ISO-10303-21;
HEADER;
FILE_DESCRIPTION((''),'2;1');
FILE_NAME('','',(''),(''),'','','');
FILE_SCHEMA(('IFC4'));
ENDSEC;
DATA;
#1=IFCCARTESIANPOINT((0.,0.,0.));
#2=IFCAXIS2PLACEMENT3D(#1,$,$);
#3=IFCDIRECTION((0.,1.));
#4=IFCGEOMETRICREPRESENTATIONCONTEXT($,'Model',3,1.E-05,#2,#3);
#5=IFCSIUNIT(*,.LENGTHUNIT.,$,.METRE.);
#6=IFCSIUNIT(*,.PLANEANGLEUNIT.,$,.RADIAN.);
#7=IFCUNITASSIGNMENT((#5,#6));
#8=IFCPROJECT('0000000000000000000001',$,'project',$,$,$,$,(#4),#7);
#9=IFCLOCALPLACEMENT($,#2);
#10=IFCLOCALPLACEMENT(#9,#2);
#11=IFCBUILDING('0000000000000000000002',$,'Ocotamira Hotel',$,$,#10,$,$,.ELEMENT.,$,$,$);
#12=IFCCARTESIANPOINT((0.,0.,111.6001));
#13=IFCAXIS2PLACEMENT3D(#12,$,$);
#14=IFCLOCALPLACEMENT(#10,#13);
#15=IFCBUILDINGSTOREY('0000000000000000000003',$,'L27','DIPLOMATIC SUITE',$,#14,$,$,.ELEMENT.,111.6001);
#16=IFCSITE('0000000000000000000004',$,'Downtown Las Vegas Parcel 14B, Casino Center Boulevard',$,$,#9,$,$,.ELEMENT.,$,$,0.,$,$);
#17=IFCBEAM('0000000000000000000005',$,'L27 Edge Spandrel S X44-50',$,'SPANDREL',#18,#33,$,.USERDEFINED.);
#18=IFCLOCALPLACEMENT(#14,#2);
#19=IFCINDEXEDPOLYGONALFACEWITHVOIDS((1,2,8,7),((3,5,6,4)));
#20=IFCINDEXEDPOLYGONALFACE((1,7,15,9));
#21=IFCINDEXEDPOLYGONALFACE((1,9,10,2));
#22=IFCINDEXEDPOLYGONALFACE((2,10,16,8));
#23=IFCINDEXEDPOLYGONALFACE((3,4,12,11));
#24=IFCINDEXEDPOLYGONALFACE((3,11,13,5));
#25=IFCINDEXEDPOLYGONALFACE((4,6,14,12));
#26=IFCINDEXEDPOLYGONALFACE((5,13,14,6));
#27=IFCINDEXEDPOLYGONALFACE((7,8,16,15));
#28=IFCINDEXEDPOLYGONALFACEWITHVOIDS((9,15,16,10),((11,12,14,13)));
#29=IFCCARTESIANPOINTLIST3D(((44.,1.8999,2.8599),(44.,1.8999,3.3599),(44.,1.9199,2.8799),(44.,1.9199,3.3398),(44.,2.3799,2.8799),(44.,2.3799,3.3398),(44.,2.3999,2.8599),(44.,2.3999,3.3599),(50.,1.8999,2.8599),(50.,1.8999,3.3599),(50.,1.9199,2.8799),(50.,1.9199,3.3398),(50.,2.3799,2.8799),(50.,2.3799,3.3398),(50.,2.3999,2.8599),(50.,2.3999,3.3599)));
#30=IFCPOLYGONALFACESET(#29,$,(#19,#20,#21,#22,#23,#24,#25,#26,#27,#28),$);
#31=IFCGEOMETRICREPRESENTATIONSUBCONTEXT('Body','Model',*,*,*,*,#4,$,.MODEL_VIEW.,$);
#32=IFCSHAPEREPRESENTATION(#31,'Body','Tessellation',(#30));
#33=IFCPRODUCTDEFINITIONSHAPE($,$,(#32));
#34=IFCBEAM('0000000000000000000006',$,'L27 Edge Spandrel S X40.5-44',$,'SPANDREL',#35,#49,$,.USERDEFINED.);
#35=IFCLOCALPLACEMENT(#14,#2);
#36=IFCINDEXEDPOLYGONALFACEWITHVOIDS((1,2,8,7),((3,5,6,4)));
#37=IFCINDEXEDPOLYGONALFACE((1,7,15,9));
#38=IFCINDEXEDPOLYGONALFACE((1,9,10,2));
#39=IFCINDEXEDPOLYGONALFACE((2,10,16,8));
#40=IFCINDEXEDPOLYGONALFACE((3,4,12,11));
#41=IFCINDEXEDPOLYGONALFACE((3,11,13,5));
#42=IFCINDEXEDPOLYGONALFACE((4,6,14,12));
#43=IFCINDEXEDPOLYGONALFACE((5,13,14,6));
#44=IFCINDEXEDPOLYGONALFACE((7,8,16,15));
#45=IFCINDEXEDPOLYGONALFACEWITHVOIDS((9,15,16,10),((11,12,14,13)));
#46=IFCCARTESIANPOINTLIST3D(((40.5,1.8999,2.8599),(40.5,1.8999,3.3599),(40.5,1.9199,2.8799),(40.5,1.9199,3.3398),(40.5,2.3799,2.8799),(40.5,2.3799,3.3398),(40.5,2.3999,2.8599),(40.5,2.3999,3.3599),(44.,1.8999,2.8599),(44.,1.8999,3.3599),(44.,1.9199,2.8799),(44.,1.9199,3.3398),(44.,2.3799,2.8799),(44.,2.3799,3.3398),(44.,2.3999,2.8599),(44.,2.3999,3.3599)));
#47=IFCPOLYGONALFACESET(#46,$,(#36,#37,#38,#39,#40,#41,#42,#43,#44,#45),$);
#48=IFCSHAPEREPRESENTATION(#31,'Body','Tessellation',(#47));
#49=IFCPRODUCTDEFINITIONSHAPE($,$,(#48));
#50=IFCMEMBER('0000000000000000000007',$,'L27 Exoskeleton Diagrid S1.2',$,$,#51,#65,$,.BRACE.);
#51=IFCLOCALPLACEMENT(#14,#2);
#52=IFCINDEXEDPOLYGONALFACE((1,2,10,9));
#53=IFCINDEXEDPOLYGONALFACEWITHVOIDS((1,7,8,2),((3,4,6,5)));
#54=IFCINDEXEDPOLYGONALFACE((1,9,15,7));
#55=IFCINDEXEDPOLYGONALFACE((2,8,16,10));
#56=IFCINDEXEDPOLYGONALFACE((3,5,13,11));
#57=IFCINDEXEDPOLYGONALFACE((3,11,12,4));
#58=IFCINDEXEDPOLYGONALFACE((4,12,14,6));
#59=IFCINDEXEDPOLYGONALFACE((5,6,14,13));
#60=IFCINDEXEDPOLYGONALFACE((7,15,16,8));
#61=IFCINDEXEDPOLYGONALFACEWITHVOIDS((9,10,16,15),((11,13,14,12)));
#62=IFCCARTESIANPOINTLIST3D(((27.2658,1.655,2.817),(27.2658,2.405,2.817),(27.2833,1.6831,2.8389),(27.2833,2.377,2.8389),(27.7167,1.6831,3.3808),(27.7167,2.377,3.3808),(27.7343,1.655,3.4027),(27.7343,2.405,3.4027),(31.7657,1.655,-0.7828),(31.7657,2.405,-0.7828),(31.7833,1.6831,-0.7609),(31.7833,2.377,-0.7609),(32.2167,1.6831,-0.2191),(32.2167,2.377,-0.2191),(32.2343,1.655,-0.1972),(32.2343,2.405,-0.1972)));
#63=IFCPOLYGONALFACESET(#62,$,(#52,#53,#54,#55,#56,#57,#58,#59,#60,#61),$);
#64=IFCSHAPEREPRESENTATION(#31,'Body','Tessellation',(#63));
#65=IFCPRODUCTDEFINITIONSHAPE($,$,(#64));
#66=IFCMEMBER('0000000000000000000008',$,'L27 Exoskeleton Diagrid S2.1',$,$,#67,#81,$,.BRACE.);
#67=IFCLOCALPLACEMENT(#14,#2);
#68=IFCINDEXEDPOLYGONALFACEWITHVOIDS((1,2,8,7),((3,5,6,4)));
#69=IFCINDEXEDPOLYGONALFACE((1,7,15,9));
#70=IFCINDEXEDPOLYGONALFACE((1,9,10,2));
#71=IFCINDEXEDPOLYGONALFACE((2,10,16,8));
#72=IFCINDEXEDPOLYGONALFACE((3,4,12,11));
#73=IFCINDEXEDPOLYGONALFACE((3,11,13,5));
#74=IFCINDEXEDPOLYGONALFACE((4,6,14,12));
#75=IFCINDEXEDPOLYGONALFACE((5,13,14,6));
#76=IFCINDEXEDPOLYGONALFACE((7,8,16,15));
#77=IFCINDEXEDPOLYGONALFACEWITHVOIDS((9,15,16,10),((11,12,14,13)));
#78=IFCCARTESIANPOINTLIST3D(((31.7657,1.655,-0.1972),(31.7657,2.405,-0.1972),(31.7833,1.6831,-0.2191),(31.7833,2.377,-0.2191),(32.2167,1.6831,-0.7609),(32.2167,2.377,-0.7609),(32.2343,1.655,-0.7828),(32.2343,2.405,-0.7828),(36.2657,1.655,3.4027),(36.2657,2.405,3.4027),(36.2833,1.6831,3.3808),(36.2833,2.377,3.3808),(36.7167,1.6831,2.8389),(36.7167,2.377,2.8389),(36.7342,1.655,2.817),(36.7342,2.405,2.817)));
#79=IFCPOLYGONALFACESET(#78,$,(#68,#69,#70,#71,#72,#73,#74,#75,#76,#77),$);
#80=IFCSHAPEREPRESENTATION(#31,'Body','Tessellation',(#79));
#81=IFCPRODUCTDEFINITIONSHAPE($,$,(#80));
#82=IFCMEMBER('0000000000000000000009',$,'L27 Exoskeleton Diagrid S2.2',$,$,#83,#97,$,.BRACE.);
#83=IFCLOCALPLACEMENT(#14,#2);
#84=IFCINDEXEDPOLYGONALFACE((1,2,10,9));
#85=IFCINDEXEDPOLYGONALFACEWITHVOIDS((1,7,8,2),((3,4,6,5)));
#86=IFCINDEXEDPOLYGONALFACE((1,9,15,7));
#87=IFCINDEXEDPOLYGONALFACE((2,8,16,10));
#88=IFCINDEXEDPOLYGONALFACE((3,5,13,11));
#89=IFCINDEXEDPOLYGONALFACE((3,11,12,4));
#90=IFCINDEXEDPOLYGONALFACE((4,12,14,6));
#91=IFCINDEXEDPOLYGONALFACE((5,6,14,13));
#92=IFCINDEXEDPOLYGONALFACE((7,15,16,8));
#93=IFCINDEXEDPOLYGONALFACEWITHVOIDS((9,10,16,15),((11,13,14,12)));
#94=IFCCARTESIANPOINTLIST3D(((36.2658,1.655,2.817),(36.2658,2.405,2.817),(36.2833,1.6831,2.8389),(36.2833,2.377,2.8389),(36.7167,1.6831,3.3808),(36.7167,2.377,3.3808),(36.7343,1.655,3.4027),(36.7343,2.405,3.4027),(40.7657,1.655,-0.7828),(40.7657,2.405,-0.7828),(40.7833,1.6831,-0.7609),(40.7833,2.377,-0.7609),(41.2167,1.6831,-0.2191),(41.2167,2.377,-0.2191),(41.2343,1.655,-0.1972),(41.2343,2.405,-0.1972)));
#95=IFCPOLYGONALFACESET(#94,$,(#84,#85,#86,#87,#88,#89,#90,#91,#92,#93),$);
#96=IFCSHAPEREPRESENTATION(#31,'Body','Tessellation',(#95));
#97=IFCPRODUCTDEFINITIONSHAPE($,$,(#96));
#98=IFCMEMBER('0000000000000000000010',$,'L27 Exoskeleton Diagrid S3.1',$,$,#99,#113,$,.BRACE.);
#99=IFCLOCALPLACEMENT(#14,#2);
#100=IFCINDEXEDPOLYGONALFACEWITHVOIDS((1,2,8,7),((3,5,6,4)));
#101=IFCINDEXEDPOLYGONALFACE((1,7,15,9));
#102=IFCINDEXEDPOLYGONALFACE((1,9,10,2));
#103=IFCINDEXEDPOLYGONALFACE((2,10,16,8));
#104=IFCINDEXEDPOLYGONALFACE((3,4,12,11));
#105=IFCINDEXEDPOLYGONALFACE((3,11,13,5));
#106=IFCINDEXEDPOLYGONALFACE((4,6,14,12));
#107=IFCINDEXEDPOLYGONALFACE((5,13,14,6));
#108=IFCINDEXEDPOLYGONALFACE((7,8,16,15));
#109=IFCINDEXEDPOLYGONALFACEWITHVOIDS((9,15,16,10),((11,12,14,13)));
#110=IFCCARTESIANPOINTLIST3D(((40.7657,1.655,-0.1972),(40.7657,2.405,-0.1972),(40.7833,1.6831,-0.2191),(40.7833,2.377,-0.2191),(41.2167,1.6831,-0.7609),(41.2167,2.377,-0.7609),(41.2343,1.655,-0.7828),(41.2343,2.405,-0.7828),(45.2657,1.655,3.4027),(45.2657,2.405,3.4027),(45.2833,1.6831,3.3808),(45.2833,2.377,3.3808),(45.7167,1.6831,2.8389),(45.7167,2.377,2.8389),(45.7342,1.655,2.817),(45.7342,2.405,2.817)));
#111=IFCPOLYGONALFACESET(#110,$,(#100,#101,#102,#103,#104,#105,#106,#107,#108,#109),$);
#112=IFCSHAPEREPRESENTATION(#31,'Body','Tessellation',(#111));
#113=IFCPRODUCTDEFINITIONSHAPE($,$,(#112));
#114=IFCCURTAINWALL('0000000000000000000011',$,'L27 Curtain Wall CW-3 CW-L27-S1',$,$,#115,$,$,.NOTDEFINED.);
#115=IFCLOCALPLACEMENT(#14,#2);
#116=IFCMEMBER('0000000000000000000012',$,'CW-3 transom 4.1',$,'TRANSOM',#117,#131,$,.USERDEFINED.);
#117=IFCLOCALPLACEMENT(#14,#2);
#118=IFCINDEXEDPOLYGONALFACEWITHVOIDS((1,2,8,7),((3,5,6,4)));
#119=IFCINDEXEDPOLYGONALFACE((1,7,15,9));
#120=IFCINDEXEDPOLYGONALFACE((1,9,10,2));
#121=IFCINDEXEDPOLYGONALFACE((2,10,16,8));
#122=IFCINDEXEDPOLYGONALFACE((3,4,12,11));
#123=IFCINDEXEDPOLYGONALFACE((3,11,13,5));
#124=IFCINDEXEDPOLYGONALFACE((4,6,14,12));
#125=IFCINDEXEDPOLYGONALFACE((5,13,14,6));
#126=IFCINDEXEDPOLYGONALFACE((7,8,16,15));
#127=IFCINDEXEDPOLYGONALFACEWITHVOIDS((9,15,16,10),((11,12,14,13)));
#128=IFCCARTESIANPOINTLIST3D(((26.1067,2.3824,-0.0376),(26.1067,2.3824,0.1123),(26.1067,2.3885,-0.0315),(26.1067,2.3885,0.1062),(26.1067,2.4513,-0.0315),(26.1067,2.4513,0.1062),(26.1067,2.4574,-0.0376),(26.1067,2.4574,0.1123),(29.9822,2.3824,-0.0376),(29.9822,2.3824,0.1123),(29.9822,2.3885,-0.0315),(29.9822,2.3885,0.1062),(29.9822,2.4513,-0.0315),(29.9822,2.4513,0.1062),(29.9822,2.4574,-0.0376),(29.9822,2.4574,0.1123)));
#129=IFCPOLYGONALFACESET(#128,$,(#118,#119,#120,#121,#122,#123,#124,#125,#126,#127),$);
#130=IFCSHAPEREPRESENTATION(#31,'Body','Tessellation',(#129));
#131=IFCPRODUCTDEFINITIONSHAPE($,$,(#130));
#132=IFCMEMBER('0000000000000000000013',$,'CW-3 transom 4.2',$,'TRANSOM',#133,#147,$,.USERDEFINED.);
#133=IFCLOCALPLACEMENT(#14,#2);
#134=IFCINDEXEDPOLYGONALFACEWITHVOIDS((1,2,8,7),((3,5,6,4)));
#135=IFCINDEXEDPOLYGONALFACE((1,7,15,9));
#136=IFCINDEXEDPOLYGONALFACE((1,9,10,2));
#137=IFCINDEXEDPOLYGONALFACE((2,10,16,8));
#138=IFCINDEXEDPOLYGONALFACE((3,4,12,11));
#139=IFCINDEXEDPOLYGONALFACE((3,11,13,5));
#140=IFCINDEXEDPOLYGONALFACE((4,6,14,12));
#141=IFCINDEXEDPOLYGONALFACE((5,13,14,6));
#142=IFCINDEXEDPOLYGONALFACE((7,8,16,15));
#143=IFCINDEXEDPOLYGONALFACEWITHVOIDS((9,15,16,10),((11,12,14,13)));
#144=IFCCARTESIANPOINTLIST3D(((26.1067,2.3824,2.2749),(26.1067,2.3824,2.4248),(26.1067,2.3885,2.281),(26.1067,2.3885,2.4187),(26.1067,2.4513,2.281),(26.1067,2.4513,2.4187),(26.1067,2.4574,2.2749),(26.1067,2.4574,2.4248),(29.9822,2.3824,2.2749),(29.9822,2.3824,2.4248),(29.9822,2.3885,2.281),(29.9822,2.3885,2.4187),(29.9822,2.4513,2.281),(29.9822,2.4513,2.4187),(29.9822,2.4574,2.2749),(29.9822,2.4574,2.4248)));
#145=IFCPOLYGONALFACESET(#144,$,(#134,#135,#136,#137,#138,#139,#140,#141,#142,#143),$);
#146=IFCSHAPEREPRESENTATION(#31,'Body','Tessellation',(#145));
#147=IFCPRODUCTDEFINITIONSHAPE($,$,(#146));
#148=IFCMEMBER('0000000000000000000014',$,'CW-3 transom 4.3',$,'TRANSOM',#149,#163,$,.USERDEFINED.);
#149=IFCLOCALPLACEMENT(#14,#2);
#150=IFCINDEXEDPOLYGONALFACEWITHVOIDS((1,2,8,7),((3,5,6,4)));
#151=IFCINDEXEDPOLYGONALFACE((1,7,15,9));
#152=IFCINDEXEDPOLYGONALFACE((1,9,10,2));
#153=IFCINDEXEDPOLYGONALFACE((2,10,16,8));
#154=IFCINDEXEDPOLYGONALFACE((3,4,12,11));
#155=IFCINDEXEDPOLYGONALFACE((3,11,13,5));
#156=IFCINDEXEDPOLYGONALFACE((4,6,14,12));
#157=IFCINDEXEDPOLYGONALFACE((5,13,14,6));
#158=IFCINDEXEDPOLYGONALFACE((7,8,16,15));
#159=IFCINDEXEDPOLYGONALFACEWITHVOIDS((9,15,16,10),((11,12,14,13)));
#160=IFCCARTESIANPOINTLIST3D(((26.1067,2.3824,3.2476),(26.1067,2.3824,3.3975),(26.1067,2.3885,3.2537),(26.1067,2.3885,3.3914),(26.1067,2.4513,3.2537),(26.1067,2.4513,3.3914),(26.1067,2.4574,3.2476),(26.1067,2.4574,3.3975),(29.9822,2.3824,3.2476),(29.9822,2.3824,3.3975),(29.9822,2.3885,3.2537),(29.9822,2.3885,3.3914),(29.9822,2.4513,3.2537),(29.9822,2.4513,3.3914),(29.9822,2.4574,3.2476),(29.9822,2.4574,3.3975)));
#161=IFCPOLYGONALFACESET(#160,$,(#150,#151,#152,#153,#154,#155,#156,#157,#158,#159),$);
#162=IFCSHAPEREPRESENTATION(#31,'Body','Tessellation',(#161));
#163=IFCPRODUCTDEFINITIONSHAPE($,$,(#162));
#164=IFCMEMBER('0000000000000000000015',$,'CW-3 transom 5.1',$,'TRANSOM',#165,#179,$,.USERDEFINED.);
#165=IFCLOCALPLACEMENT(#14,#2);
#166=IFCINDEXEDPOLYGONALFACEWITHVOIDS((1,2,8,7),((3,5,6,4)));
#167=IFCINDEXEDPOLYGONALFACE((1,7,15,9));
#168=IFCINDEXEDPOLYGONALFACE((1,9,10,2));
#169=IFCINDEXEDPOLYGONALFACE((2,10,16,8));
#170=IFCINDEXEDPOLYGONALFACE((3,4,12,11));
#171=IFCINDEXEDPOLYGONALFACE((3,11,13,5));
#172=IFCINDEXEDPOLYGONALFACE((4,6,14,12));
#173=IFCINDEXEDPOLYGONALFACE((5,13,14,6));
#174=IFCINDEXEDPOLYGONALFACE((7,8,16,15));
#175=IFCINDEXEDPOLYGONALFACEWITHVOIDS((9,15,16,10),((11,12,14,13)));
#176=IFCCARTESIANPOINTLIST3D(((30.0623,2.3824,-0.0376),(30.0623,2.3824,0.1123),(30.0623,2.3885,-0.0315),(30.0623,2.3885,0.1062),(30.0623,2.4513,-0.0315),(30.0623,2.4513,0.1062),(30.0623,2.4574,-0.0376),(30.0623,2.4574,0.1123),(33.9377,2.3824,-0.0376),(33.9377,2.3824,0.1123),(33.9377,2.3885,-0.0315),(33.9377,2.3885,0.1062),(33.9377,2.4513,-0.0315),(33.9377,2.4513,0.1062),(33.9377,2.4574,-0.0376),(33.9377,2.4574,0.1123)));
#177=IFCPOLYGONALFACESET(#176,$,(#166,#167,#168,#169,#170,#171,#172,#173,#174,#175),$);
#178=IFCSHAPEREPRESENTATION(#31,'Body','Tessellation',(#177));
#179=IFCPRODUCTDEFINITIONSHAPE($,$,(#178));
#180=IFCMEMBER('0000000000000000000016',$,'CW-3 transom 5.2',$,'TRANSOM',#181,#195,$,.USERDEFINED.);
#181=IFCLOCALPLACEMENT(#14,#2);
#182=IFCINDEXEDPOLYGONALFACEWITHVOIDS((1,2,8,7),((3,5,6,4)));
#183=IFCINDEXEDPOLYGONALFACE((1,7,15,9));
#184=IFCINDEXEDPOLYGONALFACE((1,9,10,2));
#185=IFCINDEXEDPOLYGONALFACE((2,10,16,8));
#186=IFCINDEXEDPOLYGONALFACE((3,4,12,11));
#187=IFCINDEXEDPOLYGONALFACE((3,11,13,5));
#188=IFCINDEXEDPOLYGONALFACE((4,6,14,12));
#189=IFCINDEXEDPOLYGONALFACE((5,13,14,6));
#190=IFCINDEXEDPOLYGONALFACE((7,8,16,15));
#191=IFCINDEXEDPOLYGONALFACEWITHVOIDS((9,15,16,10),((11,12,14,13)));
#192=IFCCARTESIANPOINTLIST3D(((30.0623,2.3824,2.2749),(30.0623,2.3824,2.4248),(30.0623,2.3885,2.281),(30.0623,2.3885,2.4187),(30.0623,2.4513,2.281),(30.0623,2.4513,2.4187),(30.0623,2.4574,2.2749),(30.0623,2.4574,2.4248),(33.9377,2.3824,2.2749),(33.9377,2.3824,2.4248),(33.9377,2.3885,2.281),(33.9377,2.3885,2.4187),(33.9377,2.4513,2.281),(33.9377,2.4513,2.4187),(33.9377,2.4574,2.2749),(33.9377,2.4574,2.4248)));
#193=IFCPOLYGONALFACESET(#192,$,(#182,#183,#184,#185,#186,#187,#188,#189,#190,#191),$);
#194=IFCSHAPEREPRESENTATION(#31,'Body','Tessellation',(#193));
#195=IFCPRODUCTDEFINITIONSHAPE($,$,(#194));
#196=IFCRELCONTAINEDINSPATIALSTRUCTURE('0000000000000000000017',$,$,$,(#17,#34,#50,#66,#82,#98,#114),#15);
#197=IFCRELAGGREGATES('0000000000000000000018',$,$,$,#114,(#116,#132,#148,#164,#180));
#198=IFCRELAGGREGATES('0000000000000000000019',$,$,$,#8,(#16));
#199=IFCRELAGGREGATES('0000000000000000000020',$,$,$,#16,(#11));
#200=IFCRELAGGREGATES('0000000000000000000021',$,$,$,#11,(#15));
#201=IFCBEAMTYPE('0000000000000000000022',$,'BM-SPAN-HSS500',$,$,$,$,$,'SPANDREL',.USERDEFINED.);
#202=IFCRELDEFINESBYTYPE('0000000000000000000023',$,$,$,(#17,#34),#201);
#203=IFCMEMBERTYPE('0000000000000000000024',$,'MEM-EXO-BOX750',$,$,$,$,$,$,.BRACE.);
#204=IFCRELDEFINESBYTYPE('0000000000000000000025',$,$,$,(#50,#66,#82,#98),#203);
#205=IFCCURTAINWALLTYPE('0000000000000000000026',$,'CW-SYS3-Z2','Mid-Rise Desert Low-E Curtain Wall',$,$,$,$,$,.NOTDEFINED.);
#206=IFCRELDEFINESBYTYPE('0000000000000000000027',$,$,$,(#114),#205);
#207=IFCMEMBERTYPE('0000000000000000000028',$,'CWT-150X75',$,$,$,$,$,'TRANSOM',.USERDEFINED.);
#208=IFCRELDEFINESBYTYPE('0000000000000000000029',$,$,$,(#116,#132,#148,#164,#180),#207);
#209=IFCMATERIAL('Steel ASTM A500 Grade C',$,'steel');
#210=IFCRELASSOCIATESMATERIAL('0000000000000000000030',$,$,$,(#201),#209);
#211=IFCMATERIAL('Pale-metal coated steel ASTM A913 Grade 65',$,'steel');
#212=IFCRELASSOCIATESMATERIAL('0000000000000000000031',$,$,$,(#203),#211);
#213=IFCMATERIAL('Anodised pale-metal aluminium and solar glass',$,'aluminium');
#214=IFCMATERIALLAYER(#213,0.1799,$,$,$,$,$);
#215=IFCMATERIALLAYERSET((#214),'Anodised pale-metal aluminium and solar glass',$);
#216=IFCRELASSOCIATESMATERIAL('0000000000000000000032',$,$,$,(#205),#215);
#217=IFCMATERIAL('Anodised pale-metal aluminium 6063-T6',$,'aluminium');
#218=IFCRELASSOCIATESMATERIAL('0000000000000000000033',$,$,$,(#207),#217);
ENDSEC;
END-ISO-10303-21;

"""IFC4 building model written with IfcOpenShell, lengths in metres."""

from ifc_helpers import new_model, si_unit, direction, frame, origin, origin_2d, place, context, subcontext, project, spatial, hollow_rectangle, extrude, source, transform, mapped, material, layer, layer_set, material_profile, profile_set, type_object, element, aggregate, save


model = new_model("IFC4")

# Units and contexts
model_context = context("Model", 3, precision=1e-05, world=origin(), true_north=direction((0.0, 1.0)))
body_context = subcontext(model_context, "Body", "Model", "MODEL_VIEW")
ifc_project = project(units=[si_unit("LENGTHUNIT", "METRE"), si_unit("PLANEANGLEUNIT", "RADIAN")], contexts=[model_context])

# Site, building, storey
site_placement = place(None, origin())
site = spatial("IfcSite", under=ifc_project, at=site_placement, Name="Downtown Las Vegas Parcel 14B, Casino Center Boulevard", CompositionType="ELEMENT", RefElevation=0.0)
building_placement = place(site_placement, origin())
building = spatial("IfcBuilding", under=site, at=building_placement, Name="Ocotamira Hotel", CompositionType="ELEMENT")
storey_placement = place(building_placement, frame((0.0, 0.0, 111.6001)))
storey = spatial("IfcBuildingStorey", under=building, at=storey_placement, Name="L27", Description="DIPLOMATIC SUITE", CompositionType="ELEMENT", Elevation=111.6001)

# Beams
ifc_material_1 = material(Name="Steel ASTM A500 Grade C", Category="steel")
ifc_material_profile_1 = material_profile(ifc_material_1, hollow_rectangle(XDim=0.5, YDim=0.5, WallThickness=0.02, at=origin_2d()), Name="HSS500X500X20")
ifc_profile_set_1 = profile_set([ifc_material_profile_1], Name="Steel ASTM A500 Grade C")
beam_type = type_object("IfcBeamType", Name="BM-SPAN-HSS500", ElementType="SPANDREL", PredefinedType="USERDEFINED", material=ifc_profile_set_1)
shared_shape_1 = source(origin(), body_context, "Body", "SweptSolid", [
    extrude(hollow_rectangle(XDim=0.5, YDim=0.5, WallThickness=0.02, at=origin_2d()), origin(), (0.0, 0.0, 1.0), 6.0),
])
beam_1_placement = place(storey_placement, frame((44.0, 2.1499, 3.1099), z_axis=(1.0, 0.0, 0.0), x_axis=(0.0, 1.0, 0.0)))
element("IfcBeam", 1, at=beam_1_placement, inside=storey, type_object=beam_type, Name="L27 Edge Spandrel S X44-50", ObjectType="SPANDREL", PredefinedType="USERDEFINED", context=body_context, shape_type="MappedRepresentation", body=[
    mapped(shared_shape_1, transform((0.0, 0.0, 0.0), scale=1.0)),
])
shared_shape_2 = source(origin(), body_context, "Body", "SweptSolid", [
    extrude(hollow_rectangle(XDim=0.5, YDim=0.5, WallThickness=0.02, at=origin_2d()), origin(), (0.0, 0.0, 1.0), 3.5),
])
beam_2_placement = place(storey_placement, frame((40.5, 2.1499, 3.1099), z_axis=(1.0, 0.0, 0.0), x_axis=(0.0, 1.0, 0.0)))
element("IfcBeam", 2, at=beam_2_placement, inside=storey, type_object=beam_type, Name="L27 Edge Spandrel S X40.5-44", ObjectType="SPANDREL", PredefinedType="USERDEFINED", context=body_context, shape_type="MappedRepresentation", body=[
    mapped(shared_shape_2, transform((0.0, 0.0, 0.0), scale=1.0)),
])

# Members
ifc_material_2 = material(Name="Pale-metal coated steel ASTM A913 Grade 65", Category="steel")
ifc_material_profile_2 = material_profile(ifc_material_2, hollow_rectangle(XDim=0.75, YDim=0.75, WallThickness=0.0281, at=origin_2d()), Name="BOX750X750X28")
ifc_profile_set_2 = profile_set([ifc_material_profile_2], Name="Pale-metal coated steel ASTM A913 Grade 65")
member_type_1 = type_object("IfcMemberType", Name="MEM-EXO-BOX750", PredefinedType="BRACE", material=ifc_profile_set_2)
shared_shape_3 = source(origin(), body_context, "Body", "SweptSolid", [
    extrude(hollow_rectangle(XDim=0.75, YDim=0.75, WallThickness=0.0281, at=origin_2d()), origin(), (0.0, 0.0, 1.0), 5.7627),
])
for number, where, z_axis, x_axis, name in (
    (3, (32.0, 2.03, -0.49), (-0.780881, 0.0, 0.62468), (0.0, -1.0, 0.0), "L27 Exoskeleton Diagrid S1.2"),
    (4, (32.0, 2.03, -0.49), (0.780881, 0.0, 0.62468), (0.0, 1.0, 0.0), "L27 Exoskeleton Diagrid S2.1"),
    (5, (41.0, 2.03, -0.49), (-0.780881, 0.0, 0.62468), (0.0, -1.0, 0.0), "L27 Exoskeleton Diagrid S2.2"),
    (6, (41.0, 2.03, -0.49), (0.780881, 0.0, 0.62468), (0.0, 1.0, 0.0), "L27 Exoskeleton Diagrid S3.1"),
):
    element("IfcMember", number, at=place(storey_placement, frame(where, z_axis=z_axis, x_axis=x_axis)), inside=storey, type_object=member_type_1, Name=name, PredefinedType="BRACE", context=body_context, shape_type="MappedRepresentation", body=[
        mapped(shared_shape_3, transform((0.0, 0.0, 0.0), scale=1.0)),
    ])

# Curtain wall, members
ifc_material_3 = material(Name="Anodised pale-metal aluminium and solar glass", Category="aluminium")
ifc_layer_1 = layer(ifc_material_3, 0.1799)
ifc_layer_set_1 = layer_set([ifc_layer_1], Name="Anodised pale-metal aluminium and solar glass")
curtain_wall_type = type_object("IfcCurtainWallType", Name="CW-SYS3-Z2", Description="Mid-Rise Desert Low-E Curtain Wall", PredefinedType="NOTDEFINED", material=ifc_layer_set_1)
curtain_wall_placement = place(storey_placement, origin())
curtain_wall = element("IfcCurtainWall", 7, at=curtain_wall_placement, inside=storey, type_object=curtain_wall_type, Name="L27 Curtain Wall CW-3 CW-L27-S1", PredefinedType="NOTDEFINED")
ifc_material_4 = material(Name="Anodised pale-metal aluminium 6063-T6", Category="aluminium")
ifc_material_profile_3 = material_profile(ifc_material_4, hollow_rectangle(XDim=0.075, YDim=0.1499, WallThickness=0.0061, at=origin_2d()), Name="HSS150X75X6")
ifc_profile_set_3 = profile_set([ifc_material_profile_3], Name="Anodised pale-metal aluminium 6063-T6")
member_type_2 = type_object("IfcMemberType", Name="CWT-150X75", ElementType="TRANSOM", PredefinedType="USERDEFINED", material=ifc_profile_set_3)
shared_shape_4 = source(origin(), body_context, "Body", "SweptSolid", [
    extrude(hollow_rectangle(XDim=0.075, YDim=0.1499, WallThickness=0.0061, at=origin_2d()), origin(), (0.0, 0.0, 1.0), 3.8755),
])
member_1_placement = place(storey_placement, frame((26.1067, 2.4199, 0.0374), z_axis=(1.0, 0.0, 0.0), x_axis=(0.0, 1.0, 0.0)))
member_1 = element("IfcMember", 8, at=member_1_placement, type_object=member_type_2, Name="CW-3 transom 4.1", ObjectType="TRANSOM", PredefinedType="USERDEFINED", context=body_context, shape_type="MappedRepresentation", body=[
    mapped(shared_shape_4, transform((0.0, 0.0, 0.0), scale=1.0)),
])
member_2_placement = place(storey_placement, frame((26.1067, 2.4199, 2.3499), z_axis=(1.0, 0.0, 0.0), x_axis=(0.0, 1.0, 0.0)))
member_2 = element("IfcMember", 9, at=member_2_placement, type_object=member_type_2, Name="CW-3 transom 4.2", ObjectType="TRANSOM", PredefinedType="USERDEFINED", context=body_context, shape_type="MappedRepresentation", body=[
    mapped(shared_shape_4, transform((0.0, 0.0, 0.0), scale=1.0)),
])
member_3_placement = place(storey_placement, frame((26.1067, 2.4199, 3.3225), z_axis=(1.0, 0.0, 0.0), x_axis=(0.0, 1.0, 0.0)))
member_3 = element("IfcMember", 10, at=member_3_placement, type_object=member_type_2, Name="CW-3 transom 4.3", ObjectType="TRANSOM", PredefinedType="USERDEFINED", context=body_context, shape_type="MappedRepresentation", body=[
    mapped(shared_shape_4, transform((0.0, 0.0, 0.0), scale=1.0)),
])
member_4_placement = place(storey_placement, frame((30.0623, 2.4199, 0.0374), z_axis=(1.0, 0.0, 0.0), x_axis=(0.0, 1.0, 0.0)))
member_4 = element("IfcMember", 11, at=member_4_placement, type_object=member_type_2, Name="CW-3 transom 5.1", ObjectType="TRANSOM", PredefinedType="USERDEFINED", context=body_context, shape_type="MappedRepresentation", body=[
    mapped(shared_shape_4, transform((0.0, 0.0, 0.0), scale=1.0)),
])
member_5_placement = place(storey_placement, frame((30.0623, 2.4199, 2.3499), z_axis=(1.0, 0.0, 0.0), x_axis=(0.0, 1.0, 0.0)))
member_5 = element("IfcMember", 12, at=member_5_placement, type_object=member_type_2, Name="CW-3 transom 5.2", ObjectType="TRANSOM", PredefinedType="USERDEFINED", context=body_context, shape_type="MappedRepresentation", body=[
    mapped(shared_shape_4, transform((0.0, 0.0, 0.0), scale=1.0)),
])

aggregate(curtain_wall, [member_1, member_2, member_3, member_4, member_5])

save(model, "model.ifc")
